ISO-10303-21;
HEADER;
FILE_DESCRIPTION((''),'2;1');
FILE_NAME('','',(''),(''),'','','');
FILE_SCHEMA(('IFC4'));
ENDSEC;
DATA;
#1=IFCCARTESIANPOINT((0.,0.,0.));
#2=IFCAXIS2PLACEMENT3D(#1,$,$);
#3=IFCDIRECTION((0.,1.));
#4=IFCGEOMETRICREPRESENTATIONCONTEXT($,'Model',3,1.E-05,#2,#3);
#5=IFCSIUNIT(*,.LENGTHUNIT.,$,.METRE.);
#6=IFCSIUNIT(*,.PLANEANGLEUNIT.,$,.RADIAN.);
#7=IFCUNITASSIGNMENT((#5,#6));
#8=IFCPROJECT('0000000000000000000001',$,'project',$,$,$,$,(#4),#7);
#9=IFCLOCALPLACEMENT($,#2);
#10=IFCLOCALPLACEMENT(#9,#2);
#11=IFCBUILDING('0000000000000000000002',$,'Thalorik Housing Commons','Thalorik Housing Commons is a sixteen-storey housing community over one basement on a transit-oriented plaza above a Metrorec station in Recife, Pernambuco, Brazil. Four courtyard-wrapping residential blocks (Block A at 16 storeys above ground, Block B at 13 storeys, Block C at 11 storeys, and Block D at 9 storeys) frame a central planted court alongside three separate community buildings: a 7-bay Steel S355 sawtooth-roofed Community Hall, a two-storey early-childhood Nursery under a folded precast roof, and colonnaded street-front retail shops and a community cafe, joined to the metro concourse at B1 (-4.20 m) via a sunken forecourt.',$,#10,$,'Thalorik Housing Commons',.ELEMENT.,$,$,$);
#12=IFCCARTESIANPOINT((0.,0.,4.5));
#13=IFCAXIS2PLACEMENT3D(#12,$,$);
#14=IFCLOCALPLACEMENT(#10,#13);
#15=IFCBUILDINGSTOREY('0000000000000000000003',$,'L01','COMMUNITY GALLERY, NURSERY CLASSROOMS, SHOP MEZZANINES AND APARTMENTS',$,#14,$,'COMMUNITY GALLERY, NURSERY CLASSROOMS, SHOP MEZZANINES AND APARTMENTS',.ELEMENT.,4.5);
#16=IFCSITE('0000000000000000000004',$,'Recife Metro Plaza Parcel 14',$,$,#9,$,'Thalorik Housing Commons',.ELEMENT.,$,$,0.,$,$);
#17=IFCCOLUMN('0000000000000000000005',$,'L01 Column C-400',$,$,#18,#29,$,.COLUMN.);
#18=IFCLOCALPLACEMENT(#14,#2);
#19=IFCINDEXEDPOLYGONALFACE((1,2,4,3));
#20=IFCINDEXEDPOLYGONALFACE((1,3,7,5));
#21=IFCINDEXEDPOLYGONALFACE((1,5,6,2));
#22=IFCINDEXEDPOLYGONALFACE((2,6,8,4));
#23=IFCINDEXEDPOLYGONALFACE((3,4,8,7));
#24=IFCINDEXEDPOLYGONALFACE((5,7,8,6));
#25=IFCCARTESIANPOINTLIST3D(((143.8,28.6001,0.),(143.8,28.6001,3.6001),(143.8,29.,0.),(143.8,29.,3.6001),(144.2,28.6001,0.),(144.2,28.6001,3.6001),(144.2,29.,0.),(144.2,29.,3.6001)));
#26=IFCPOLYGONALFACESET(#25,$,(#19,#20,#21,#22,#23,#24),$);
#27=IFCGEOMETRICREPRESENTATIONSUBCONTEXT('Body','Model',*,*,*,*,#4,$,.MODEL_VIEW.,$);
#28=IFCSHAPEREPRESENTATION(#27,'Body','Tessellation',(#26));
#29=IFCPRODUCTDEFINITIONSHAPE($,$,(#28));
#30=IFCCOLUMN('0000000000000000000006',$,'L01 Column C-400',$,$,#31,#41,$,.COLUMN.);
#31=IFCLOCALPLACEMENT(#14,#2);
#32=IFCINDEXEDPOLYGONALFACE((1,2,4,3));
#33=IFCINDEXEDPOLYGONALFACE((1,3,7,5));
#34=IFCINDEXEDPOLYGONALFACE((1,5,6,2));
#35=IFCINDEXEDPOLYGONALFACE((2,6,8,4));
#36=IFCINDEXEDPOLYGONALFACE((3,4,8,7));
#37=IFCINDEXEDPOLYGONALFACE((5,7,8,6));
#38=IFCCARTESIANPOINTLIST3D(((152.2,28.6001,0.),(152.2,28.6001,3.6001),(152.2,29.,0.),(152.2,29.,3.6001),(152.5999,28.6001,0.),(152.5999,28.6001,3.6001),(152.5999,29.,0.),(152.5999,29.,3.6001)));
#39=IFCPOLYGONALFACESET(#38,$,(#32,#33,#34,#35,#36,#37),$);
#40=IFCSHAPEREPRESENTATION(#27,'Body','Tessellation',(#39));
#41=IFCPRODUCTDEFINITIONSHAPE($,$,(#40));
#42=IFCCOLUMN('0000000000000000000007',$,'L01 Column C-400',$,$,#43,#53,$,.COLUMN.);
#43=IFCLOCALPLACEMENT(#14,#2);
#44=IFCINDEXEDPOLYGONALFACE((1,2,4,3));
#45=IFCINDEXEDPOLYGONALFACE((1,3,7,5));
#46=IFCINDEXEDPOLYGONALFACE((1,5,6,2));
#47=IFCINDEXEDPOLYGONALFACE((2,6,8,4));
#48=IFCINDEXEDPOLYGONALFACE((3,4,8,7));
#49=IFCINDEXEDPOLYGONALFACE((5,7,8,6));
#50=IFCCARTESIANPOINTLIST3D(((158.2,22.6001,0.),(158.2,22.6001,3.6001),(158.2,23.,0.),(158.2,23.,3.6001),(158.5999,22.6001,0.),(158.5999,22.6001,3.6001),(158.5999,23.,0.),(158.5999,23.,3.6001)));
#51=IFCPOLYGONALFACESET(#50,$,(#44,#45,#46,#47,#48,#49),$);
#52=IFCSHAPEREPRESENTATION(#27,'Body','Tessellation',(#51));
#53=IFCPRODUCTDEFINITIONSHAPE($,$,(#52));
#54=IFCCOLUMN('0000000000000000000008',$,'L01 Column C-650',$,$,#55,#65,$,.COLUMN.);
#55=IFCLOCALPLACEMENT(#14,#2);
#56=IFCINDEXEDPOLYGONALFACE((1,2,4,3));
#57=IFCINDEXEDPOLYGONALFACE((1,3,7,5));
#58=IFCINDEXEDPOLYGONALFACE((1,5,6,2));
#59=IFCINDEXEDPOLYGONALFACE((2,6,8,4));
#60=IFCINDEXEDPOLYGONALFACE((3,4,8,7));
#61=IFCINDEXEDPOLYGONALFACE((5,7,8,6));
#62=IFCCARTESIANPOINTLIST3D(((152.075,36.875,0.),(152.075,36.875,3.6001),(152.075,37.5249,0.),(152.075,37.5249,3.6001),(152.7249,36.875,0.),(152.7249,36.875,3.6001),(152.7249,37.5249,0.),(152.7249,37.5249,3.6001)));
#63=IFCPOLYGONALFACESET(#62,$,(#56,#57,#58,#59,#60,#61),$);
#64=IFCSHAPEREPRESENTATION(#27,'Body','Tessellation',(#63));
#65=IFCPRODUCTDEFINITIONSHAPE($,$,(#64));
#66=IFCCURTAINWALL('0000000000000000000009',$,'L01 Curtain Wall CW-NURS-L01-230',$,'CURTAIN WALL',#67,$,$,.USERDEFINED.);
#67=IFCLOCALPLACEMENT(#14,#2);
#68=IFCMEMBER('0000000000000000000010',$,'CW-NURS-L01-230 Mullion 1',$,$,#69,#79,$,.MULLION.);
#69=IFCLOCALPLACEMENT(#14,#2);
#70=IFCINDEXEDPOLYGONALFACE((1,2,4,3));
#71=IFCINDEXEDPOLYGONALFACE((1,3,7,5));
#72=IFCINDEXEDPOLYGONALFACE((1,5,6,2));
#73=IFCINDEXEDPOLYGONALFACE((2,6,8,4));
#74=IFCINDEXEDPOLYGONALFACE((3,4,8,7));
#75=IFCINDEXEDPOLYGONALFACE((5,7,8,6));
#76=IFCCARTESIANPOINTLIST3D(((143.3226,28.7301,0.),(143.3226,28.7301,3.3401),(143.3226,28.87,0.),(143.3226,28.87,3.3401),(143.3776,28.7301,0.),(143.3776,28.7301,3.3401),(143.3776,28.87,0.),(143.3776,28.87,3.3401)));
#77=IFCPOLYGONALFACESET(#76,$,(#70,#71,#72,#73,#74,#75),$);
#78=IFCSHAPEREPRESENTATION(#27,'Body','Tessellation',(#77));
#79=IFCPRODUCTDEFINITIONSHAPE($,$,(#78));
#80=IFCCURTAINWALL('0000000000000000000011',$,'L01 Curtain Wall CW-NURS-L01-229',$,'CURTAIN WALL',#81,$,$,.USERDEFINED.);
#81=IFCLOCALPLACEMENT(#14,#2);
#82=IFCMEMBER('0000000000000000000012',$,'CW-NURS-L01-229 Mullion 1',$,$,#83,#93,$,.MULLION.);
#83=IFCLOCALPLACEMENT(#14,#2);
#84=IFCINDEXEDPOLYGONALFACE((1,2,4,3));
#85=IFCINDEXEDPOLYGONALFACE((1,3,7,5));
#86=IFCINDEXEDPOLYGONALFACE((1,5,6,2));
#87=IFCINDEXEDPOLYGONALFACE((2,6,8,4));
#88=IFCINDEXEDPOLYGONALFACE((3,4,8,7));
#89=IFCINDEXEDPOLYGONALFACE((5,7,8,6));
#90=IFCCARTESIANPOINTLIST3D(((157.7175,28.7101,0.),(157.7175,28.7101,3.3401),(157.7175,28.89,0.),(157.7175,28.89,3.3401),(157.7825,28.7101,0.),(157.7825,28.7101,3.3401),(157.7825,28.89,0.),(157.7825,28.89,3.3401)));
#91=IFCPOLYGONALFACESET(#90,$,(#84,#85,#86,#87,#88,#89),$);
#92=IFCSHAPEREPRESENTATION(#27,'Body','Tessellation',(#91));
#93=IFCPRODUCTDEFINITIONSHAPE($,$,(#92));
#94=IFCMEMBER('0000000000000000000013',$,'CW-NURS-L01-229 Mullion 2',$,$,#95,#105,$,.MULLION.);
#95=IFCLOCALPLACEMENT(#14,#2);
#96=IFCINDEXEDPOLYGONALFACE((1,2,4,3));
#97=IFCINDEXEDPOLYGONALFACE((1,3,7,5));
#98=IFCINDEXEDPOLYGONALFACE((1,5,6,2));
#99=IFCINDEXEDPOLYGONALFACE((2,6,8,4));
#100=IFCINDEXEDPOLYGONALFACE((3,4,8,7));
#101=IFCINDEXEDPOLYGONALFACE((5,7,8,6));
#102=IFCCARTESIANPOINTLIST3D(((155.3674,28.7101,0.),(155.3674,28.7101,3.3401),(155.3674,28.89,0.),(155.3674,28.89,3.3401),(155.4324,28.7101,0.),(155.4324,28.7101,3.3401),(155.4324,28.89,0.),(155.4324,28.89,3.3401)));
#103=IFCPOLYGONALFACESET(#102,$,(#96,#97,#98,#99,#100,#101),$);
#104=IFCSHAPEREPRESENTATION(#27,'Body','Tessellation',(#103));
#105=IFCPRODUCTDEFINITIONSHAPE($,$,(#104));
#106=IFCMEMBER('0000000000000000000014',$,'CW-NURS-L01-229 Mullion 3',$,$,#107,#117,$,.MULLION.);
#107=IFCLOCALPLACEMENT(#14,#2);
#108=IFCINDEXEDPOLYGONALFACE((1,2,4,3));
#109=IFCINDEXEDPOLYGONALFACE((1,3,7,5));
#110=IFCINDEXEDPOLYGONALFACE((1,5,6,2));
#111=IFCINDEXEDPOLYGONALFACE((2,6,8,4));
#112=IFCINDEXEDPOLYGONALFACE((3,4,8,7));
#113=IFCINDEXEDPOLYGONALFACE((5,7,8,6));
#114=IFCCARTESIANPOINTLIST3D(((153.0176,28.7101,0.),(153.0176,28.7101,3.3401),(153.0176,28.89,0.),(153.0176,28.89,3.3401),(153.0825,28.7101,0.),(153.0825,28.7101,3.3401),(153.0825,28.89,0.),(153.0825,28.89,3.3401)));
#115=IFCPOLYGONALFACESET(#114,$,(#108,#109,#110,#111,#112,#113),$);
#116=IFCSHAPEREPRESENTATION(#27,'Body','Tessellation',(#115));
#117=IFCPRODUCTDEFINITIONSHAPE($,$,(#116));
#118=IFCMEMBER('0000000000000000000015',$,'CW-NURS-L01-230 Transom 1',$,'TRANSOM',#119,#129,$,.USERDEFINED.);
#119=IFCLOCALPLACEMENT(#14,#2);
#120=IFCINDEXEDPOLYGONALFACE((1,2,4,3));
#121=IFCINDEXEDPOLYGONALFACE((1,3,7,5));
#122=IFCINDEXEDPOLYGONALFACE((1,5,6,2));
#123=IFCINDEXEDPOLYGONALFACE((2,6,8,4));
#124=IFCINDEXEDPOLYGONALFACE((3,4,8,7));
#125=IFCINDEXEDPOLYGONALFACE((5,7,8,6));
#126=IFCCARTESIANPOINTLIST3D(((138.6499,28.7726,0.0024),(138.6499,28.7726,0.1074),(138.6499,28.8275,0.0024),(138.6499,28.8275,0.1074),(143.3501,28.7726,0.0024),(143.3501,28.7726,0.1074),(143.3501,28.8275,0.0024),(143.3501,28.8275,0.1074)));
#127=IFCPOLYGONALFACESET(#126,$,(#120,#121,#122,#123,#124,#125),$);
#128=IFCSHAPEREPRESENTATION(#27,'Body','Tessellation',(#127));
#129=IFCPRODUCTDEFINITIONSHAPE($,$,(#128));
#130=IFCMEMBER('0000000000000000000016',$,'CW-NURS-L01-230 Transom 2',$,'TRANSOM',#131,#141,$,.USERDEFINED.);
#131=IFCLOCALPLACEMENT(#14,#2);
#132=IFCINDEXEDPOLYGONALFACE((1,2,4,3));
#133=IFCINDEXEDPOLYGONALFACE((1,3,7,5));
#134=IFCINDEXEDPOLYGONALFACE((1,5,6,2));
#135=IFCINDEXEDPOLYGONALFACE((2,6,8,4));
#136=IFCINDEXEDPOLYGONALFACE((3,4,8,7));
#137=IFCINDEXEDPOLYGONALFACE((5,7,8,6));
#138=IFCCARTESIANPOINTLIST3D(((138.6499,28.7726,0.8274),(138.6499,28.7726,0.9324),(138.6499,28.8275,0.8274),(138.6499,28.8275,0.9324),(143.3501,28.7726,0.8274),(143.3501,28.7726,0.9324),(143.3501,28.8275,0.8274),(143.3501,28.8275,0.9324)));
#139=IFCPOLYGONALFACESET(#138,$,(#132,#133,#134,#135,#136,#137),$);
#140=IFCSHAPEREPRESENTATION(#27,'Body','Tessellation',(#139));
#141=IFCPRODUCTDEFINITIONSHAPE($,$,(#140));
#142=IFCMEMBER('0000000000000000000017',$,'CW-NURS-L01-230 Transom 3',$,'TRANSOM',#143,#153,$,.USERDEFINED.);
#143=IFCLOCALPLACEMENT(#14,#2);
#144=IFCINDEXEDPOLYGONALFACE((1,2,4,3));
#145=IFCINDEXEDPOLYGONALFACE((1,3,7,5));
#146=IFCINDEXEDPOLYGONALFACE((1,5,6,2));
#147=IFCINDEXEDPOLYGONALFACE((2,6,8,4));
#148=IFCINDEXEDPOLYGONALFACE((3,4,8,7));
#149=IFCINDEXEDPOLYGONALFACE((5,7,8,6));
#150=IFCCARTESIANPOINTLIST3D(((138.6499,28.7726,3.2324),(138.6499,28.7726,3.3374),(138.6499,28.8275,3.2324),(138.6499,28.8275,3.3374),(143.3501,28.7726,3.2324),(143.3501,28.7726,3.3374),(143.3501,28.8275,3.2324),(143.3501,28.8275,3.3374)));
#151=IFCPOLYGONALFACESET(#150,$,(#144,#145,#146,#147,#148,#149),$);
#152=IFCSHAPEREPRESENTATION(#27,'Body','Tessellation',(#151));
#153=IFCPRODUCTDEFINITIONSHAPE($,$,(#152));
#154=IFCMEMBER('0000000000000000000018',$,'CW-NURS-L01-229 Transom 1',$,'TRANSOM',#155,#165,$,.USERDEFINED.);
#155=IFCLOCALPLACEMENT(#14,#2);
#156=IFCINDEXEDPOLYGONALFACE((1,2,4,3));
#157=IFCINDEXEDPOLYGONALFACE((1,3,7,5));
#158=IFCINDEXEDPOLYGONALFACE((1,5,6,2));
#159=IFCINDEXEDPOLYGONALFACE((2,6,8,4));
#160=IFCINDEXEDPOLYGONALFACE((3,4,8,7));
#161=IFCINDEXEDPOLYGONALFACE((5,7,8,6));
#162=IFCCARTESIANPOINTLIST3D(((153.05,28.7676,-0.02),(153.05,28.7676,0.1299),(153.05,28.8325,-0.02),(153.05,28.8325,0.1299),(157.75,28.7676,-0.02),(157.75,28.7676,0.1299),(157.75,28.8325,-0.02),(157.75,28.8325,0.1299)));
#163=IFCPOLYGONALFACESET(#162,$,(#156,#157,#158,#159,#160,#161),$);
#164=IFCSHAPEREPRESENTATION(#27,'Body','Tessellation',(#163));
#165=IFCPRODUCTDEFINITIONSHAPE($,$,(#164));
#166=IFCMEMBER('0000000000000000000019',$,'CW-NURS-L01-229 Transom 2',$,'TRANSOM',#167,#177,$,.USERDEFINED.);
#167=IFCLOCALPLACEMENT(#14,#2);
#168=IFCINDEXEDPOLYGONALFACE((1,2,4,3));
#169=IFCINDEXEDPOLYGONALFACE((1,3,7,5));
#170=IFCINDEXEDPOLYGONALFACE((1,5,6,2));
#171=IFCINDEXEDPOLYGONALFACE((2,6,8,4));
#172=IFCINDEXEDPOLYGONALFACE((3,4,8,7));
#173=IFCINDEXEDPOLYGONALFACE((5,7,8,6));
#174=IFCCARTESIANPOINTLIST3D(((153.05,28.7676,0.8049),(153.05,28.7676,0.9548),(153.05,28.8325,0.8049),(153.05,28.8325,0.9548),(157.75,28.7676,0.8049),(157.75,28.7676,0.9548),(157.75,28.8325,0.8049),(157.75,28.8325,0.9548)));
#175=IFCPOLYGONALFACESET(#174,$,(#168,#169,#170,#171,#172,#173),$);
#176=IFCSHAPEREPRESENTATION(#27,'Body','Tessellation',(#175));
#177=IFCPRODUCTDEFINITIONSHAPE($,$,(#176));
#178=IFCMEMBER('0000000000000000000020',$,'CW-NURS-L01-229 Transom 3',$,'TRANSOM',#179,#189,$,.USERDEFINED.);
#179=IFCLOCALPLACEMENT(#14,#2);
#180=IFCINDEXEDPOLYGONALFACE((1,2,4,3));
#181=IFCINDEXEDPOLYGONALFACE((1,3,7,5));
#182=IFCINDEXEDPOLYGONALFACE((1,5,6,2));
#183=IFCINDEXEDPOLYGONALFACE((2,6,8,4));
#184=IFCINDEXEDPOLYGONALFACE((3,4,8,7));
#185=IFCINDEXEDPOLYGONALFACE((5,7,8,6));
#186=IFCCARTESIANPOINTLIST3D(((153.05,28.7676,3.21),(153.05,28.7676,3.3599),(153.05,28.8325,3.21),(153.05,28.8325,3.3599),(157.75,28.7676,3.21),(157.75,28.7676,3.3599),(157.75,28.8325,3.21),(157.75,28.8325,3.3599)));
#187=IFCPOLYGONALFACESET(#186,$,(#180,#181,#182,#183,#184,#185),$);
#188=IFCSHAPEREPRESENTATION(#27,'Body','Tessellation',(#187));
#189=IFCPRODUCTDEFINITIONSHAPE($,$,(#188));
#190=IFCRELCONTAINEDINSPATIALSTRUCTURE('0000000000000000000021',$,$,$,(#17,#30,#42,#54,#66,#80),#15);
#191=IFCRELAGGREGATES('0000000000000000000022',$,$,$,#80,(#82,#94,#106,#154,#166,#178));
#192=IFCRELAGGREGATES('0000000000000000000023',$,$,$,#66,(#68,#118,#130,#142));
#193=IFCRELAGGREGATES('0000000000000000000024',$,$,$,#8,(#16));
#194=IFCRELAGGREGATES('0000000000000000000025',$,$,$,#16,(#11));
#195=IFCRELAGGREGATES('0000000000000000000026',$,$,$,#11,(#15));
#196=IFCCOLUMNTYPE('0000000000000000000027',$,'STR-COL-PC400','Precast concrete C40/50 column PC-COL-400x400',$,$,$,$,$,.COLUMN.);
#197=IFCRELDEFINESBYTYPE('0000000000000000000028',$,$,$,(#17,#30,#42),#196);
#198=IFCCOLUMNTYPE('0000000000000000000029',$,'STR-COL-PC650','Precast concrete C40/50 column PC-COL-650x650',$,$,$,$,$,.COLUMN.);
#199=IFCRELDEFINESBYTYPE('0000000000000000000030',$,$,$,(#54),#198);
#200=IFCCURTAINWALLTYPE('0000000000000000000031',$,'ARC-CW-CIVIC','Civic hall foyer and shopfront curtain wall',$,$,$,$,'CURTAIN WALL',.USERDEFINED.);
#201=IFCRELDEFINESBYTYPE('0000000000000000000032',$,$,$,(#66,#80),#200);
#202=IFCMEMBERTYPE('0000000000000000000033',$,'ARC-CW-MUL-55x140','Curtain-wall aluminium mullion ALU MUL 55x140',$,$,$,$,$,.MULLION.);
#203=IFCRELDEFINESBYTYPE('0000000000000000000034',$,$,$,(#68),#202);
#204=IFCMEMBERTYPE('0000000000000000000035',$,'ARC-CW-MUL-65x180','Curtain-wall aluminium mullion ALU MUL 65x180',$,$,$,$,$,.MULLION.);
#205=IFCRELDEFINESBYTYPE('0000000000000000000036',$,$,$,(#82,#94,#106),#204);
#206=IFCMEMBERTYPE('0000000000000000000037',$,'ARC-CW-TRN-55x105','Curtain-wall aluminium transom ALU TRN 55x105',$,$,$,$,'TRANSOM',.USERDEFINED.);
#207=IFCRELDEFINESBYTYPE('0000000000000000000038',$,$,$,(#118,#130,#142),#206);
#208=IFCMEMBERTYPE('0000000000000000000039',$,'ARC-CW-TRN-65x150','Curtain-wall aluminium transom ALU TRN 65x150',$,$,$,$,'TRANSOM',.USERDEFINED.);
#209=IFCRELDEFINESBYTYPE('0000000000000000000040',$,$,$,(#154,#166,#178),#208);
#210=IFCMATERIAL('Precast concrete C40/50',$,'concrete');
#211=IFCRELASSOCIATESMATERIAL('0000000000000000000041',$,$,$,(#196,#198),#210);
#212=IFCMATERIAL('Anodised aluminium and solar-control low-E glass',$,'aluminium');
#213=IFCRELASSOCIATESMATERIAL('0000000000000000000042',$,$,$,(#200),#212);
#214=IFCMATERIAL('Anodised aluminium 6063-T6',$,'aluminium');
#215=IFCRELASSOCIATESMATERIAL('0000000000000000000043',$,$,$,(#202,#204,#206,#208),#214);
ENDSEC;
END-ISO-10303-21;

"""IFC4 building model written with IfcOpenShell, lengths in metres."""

from ifc_helpers import new_model, si_unit, direction, frame, origin, origin_2d, place, context, subcontext, project, spatial, rectangle, extrude, material, material_profile, profile_set, type_object, element, aggregate, save


model = new_model("IFC4")

# Units and contexts
model_context = context("Model", 3, precision=1e-05, world=origin(), true_north=direction((0.0, 1.0)))
body_context = subcontext(model_context, "Body", "Model", "MODEL_VIEW")
ifc_project = project(units=[si_unit("LENGTHUNIT", "METRE"), si_unit("PLANEANGLEUNIT", "RADIAN")], contexts=[model_context])

# Site, building, storey
site_placement = place(None, origin())
site = spatial("IfcSite", under=ifc_project, at=site_placement, Name="Recife Metro Plaza Parcel 14", LongName="Thalorik Housing Commons", CompositionType="ELEMENT", RefElevation=0.0)
building_placement = place(site_placement, origin())
building = spatial("IfcBuilding", under=site, at=building_placement, Name="Thalorik Housing Commons", Description="Thalorik Housing Commons is a sixteen-storey housing community over one basement on a transit-oriented plaza above a Metrorec station in Recife, Pernambuco, Brazil. Four courtyard-wrapping residential blocks (Block A at 16 storeys above ground, Block B at 13 storeys, Block C at 11 storeys, and Block D at 9 storeys) frame a central planted court alongside three separate community buildings: a 7-bay Steel S355 sawtooth-roofed Community Hall, a two-storey early-childhood Nursery under a folded precast roof, and colonnaded street-front retail shops and a community cafe, joined to the metro concourse at B1 (-4.20 m) via a sunken forecourt.", LongName="Thalorik Housing Commons", CompositionType="ELEMENT")
storey_placement = place(building_placement, frame((0.0, 0.0, 4.5)))
storey = spatial("IfcBuildingStorey", under=building, at=storey_placement, Name="L01", Description="COMMUNITY GALLERY, NURSERY CLASSROOMS, SHOP MEZZANINES AND APARTMENTS", LongName="COMMUNITY GALLERY, NURSERY CLASSROOMS, SHOP MEZZANINES AND APARTMENTS", CompositionType="ELEMENT", Elevation=4.5)

# Columns
ifc_material_1 = material(Name="Precast concrete C40/50", Category="concrete")
ifc_material_profile_1 = material_profile(ifc_material_1, rectangle(XDim=0.3999, YDim=0.3999, at=origin_2d()), Name="PC 400x400", Category="concrete")
ifc_profile_set_1 = profile_set([ifc_material_profile_1], Name="Precast concrete C40/50")
column_type_1 = type_object("IfcColumnType", Name="STR-COL-PC400", Description="Precast concrete C40/50 column PC-COL-400x400", PredefinedType="COLUMN", material=ifc_profile_set_1)
for number, where, z_axis, x_axis, name in (
    (1, (144.0, 28.8, 0.0), (0.0, 0.0, 1.0), (1.0, 0.0, 0.0), "L01 Column C-400"),
    (2, (152.3999, 28.8, 0.0), (0.0, 0.0, 1.0), (1.0, 0.0, 0.0), "L01 Column C-400"),
    (3, (158.3999, 22.8, 0.0), (0.0, 0.0, 1.0), (1.0, 0.0, 0.0), "L01 Column C-400"),
):
    element("IfcColumn", number, at=place(storey_placement, frame(where, z_axis=z_axis, x_axis=x_axis)), inside=storey, type_object=column_type_1, Name=name, PredefinedType="COLUMN", context=body_context, shape_type="SweptSolid", body=[
        extrude(rectangle(XDim=0.3999, YDim=0.3999, at=origin_2d()), origin(), (0.0, 0.0, 1.0), 3.6001),
    ])
ifc_material_profile_2 = material_profile(ifc_material_1, rectangle(XDim=0.6499, YDim=0.6499, at=origin_2d()), Name="PC 650x650", Category="concrete")
ifc_profile_set_2 = profile_set([ifc_material_profile_2], Name="Precast concrete C40/50")
column_type_2 = type_object("IfcColumnType", Name="STR-COL-PC650", Description="Precast concrete C40/50 column PC-COL-650x650", PredefinedType="COLUMN", material=ifc_profile_set_2)
column_placement = place(storey_placement, frame((152.3999, 37.2, 0.0), z_axis=(0.0, 0.0, 1.0), x_axis=(1.0, 0.0, 0.0)))
element("IfcColumn", 4, at=column_placement, inside=storey, type_object=column_type_2, Name="L01 Column C-650", PredefinedType="COLUMN", context=body_context, shape_type="SweptSolid", body=[
    extrude(rectangle(XDim=0.6499, YDim=0.6499, at=origin_2d()), origin(), (0.0, 0.0, 1.0), 3.6001),
])

# Curtain wall, member
ifc_material_2 = material(Name="Anodised aluminium and solar-control low-E glass", Category="aluminium")
curtain_wall_type = type_object("IfcCurtainWallType", Name="ARC-CW-CIVIC", Description="Civic hall foyer and shopfront curtain wall", ElementType="CURTAIN WALL", PredefinedType="USERDEFINED", material=ifc_material_2)
curtain_wall_1_placement = place(storey_placement, origin())
curtain_wall_1 = element("IfcCurtainWall", 5, at=curtain_wall_1_placement, inside=storey, type_object=curtain_wall_type, Name="L01 Curtain Wall CW-NURS-L01-230", ObjectType="CURTAIN WALL", PredefinedType="USERDEFINED")
ifc_material_3 = material(Name="Anodised aluminium 6063-T6", Category="aluminium")
ifc_material_profile_3 = material_profile(ifc_material_3, rectangle(XDim=0.0549, YDim=0.1399, at=origin_2d()), Name="ALU MUL 55x140", Category="aluminium")
ifc_profile_set_3 = profile_set([ifc_material_profile_3], Name="Anodised aluminium 6063-T6")
member_type_1 = type_object("IfcMemberType", Name="ARC-CW-MUL-55x140", Description="Curtain-wall aluminium mullion ALU MUL 55x140", PredefinedType="MULLION", material=ifc_profile_set_3)
member_1_placement = place(storey_placement, frame((143.3501, 28.8, 0.0), z_axis=(0.0, 0.0, 1.0), x_axis=(-1.0, 0.0, 0.0)))
member_1 = element("IfcMember", 6, at=member_1_placement, type_object=member_type_1, Name="CW-NURS-L01-230 Mullion 1", PredefinedType="MULLION", context=body_context, shape_type="SweptSolid", body=[
    extrude(rectangle(XDim=0.0549, YDim=0.1399, at=origin_2d()), origin(), (0.0, 0.0, 1.0), 3.3401),
])

# Curtain wall, members
curtain_wall_2_placement = place(storey_placement, origin())
curtain_wall_2 = element("IfcCurtainWall", 7, at=curtain_wall_2_placement, inside=storey, type_object=curtain_wall_type, Name="L01 Curtain Wall CW-NURS-L01-229", ObjectType="CURTAIN WALL", PredefinedType="USERDEFINED")
ifc_material_profile_4 = material_profile(ifc_material_3, rectangle(XDim=0.0649, YDim=0.1799, at=origin_2d()), Name="ALU MUL 65x180", Category="aluminium")
ifc_profile_set_4 = profile_set([ifc_material_profile_4], Name="Anodised aluminium 6063-T6")
member_type_2 = type_object("IfcMemberType", Name="ARC-CW-MUL-65x180", Description="Curtain-wall aluminium mullion ALU MUL 65x180", PredefinedType="MULLION", material=ifc_profile_set_4)
member_2_placement = place(storey_placement, frame((157.75, 28.8, 0.0), z_axis=(0.0, 0.0, 1.0), x_axis=(-1.0, 0.0, 0.0)))
member_2 = element("IfcMember", 8, at=member_2_placement, type_object=member_type_2, Name="CW-NURS-L01-229 Mullion 1", PredefinedType="MULLION", context=body_context, shape_type="SweptSolid", body=[
    extrude(rectangle(XDim=0.0649, YDim=0.1799, at=origin_2d()), origin(), (0.0, 0.0, 1.0), 3.3401),
])
member_3_placement = place(storey_placement, frame((155.3999, 28.8, 0.0), z_axis=(0.0, 0.0, 1.0), x_axis=(-1.0, 0.0, 0.0)))
member_3 = element("IfcMember", 9, at=member_3_placement, type_object=member_type_2, Name="CW-NURS-L01-229 Mullion 2", PredefinedType="MULLION", context=body_context, shape_type="SweptSolid", body=[
    extrude(rectangle(XDim=0.0649, YDim=0.1799, at=origin_2d()), origin(), (0.0, 0.0, 1.0), 3.3401),
])
member_4_placement = place(storey_placement, frame((153.05, 28.8, 0.0), z_axis=(0.0, 0.0, 1.0), x_axis=(-1.0, 0.0, 0.0)))
member_4 = element("IfcMember", 10, at=member_4_placement, type_object=member_type_2, Name="CW-NURS-L01-229 Mullion 3", PredefinedType="MULLION", context=body_context, shape_type="SweptSolid", body=[
    extrude(rectangle(XDim=0.0649, YDim=0.1799, at=origin_2d()), origin(), (0.0, 0.0, 1.0), 3.3401),
])

# Members
ifc_material_profile_5 = material_profile(ifc_material_3, rectangle(XDim=0.0549, YDim=0.105, at=origin_2d()), Name="ALU TRN 55x105", Category="aluminium")
ifc_profile_set_5 = profile_set([ifc_material_profile_5], Name="Anodised aluminium 6063-T6")
member_type_3 = type_object("IfcMemberType", Name="ARC-CW-TRN-55x105", Description="Curtain-wall aluminium transom ALU TRN 55x105", ElementType="TRANSOM", PredefinedType="USERDEFINED", material=ifc_profile_set_5)
member_5_placement = place(storey_placement, frame((143.3501, 28.8, 0.0549), z_axis=(-1.0, 0.0, 0.0), x_axis=(0.0, -1.0, 0.0)))
member_5 = element("IfcMember", 11, at=member_5_placement, type_object=member_type_3, Name="CW-NURS-L01-230 Transom 1", ObjectType="TRANSOM", PredefinedType="USERDEFINED", context=body_context, shape_type="SweptSolid", body=[
    extrude(rectangle(XDim=0.0549, YDim=0.105, at=origin_2d()), origin(), (0.0, 0.0, 1.0), 4.7002),
])
member_6_placement = place(storey_placement, frame((143.3501, 28.8, 0.8799), z_axis=(-1.0, 0.0, 0.0), x_axis=(0.0, -1.0, 0.0)))
member_6 = element("IfcMember", 12, at=member_6_placement, type_object=member_type_3, Name="CW-NURS-L01-230 Transom 2", ObjectType="TRANSOM", PredefinedType="USERDEFINED", context=body_context, shape_type="SweptSolid", body=[
    extrude(rectangle(XDim=0.0549, YDim=0.105, at=origin_2d()), origin(), (0.0, 0.0, 1.0), 4.7002),
])
member_7_placement = place(storey_placement, frame((143.3501, 28.8, 3.2849), z_axis=(-1.0, 0.0, 0.0), x_axis=(0.0, -1.0, 0.0)))
member_7 = element("IfcMember", 13, at=member_7_placement, type_object=member_type_3, Name="CW-NURS-L01-230 Transom 3", ObjectType="TRANSOM", PredefinedType="USERDEFINED", context=body_context, shape_type="SweptSolid", body=[
    extrude(rectangle(XDim=0.0549, YDim=0.105, at=origin_2d()), origin(), (0.0, 0.0, 1.0), 4.7002),
])
ifc_material_profile_6 = material_profile(ifc_material_3, rectangle(XDim=0.0649, YDim=0.1499, at=origin_2d()), Name="ALU TRN 65x150", Category="aluminium")
ifc_profile_set_6 = profile_set([ifc_material_profile_6], Name="Anodised aluminium 6063-T6")
member_type_4 = type_object("IfcMemberType", Name="ARC-CW-TRN-65x150", Description="Curtain-wall aluminium transom ALU TRN 65x150", ElementType="TRANSOM", PredefinedType="USERDEFINED", material=ifc_profile_set_6)
member_8_placement = place(storey_placement, frame((157.75, 28.8, 0.0549), z_axis=(-1.0, 0.0, 0.0), x_axis=(0.0, -1.0, 0.0)))
member_8 = element("IfcMember", 14, at=member_8_placement, type_object=member_type_4, Name="CW-NURS-L01-229 Transom 1", ObjectType="TRANSOM", PredefinedType="USERDEFINED", context=body_context, shape_type="SweptSolid", body=[
    extrude(rectangle(XDim=0.0649, YDim=0.1499, at=origin_2d()), origin(), (0.0, 0.0, 1.0), 4.7),
])
member_9_placement = place(storey_placement, frame((157.75, 28.8, 0.8799), z_axis=(-1.0, 0.0, 0.0), x_axis=(0.0, -1.0, 0.0)))
member_9 = element("IfcMember", 15, at=member_9_placement, type_object=member_type_4, Name="CW-NURS-L01-229 Transom 2", ObjectType="TRANSOM", PredefinedType="USERDEFINED", context=body_context, shape_type="SweptSolid", body=[
    extrude(rectangle(XDim=0.0649, YDim=0.1499, at=origin_2d()), origin(), (0.0, 0.0, 1.0), 4.7),
])
member_10_placement = place(storey_placement, frame((157.75, 28.8, 3.2849), z_axis=(-1.0, 0.0, 0.0), x_axis=(0.0, -1.0, 0.0)))
member_10 = element("IfcMember", 16, at=member_10_placement, type_object=member_type_4, Name="CW-NURS-L01-229 Transom 3", ObjectType="TRANSOM", PredefinedType="USERDEFINED", context=body_context, shape_type="SweptSolid", body=[
    extrude(rectangle(XDim=0.0649, YDim=0.1499, at=origin_2d()), origin(), (0.0, 0.0, 1.0), 4.7),
])

aggregate(curtain_wall_2, [member_2, member_3, member_4, member_8, member_9, member_10])
aggregate(curtain_wall_1, [member_1, member_5, member_6, member_7])

save(model, "model.ifc")
